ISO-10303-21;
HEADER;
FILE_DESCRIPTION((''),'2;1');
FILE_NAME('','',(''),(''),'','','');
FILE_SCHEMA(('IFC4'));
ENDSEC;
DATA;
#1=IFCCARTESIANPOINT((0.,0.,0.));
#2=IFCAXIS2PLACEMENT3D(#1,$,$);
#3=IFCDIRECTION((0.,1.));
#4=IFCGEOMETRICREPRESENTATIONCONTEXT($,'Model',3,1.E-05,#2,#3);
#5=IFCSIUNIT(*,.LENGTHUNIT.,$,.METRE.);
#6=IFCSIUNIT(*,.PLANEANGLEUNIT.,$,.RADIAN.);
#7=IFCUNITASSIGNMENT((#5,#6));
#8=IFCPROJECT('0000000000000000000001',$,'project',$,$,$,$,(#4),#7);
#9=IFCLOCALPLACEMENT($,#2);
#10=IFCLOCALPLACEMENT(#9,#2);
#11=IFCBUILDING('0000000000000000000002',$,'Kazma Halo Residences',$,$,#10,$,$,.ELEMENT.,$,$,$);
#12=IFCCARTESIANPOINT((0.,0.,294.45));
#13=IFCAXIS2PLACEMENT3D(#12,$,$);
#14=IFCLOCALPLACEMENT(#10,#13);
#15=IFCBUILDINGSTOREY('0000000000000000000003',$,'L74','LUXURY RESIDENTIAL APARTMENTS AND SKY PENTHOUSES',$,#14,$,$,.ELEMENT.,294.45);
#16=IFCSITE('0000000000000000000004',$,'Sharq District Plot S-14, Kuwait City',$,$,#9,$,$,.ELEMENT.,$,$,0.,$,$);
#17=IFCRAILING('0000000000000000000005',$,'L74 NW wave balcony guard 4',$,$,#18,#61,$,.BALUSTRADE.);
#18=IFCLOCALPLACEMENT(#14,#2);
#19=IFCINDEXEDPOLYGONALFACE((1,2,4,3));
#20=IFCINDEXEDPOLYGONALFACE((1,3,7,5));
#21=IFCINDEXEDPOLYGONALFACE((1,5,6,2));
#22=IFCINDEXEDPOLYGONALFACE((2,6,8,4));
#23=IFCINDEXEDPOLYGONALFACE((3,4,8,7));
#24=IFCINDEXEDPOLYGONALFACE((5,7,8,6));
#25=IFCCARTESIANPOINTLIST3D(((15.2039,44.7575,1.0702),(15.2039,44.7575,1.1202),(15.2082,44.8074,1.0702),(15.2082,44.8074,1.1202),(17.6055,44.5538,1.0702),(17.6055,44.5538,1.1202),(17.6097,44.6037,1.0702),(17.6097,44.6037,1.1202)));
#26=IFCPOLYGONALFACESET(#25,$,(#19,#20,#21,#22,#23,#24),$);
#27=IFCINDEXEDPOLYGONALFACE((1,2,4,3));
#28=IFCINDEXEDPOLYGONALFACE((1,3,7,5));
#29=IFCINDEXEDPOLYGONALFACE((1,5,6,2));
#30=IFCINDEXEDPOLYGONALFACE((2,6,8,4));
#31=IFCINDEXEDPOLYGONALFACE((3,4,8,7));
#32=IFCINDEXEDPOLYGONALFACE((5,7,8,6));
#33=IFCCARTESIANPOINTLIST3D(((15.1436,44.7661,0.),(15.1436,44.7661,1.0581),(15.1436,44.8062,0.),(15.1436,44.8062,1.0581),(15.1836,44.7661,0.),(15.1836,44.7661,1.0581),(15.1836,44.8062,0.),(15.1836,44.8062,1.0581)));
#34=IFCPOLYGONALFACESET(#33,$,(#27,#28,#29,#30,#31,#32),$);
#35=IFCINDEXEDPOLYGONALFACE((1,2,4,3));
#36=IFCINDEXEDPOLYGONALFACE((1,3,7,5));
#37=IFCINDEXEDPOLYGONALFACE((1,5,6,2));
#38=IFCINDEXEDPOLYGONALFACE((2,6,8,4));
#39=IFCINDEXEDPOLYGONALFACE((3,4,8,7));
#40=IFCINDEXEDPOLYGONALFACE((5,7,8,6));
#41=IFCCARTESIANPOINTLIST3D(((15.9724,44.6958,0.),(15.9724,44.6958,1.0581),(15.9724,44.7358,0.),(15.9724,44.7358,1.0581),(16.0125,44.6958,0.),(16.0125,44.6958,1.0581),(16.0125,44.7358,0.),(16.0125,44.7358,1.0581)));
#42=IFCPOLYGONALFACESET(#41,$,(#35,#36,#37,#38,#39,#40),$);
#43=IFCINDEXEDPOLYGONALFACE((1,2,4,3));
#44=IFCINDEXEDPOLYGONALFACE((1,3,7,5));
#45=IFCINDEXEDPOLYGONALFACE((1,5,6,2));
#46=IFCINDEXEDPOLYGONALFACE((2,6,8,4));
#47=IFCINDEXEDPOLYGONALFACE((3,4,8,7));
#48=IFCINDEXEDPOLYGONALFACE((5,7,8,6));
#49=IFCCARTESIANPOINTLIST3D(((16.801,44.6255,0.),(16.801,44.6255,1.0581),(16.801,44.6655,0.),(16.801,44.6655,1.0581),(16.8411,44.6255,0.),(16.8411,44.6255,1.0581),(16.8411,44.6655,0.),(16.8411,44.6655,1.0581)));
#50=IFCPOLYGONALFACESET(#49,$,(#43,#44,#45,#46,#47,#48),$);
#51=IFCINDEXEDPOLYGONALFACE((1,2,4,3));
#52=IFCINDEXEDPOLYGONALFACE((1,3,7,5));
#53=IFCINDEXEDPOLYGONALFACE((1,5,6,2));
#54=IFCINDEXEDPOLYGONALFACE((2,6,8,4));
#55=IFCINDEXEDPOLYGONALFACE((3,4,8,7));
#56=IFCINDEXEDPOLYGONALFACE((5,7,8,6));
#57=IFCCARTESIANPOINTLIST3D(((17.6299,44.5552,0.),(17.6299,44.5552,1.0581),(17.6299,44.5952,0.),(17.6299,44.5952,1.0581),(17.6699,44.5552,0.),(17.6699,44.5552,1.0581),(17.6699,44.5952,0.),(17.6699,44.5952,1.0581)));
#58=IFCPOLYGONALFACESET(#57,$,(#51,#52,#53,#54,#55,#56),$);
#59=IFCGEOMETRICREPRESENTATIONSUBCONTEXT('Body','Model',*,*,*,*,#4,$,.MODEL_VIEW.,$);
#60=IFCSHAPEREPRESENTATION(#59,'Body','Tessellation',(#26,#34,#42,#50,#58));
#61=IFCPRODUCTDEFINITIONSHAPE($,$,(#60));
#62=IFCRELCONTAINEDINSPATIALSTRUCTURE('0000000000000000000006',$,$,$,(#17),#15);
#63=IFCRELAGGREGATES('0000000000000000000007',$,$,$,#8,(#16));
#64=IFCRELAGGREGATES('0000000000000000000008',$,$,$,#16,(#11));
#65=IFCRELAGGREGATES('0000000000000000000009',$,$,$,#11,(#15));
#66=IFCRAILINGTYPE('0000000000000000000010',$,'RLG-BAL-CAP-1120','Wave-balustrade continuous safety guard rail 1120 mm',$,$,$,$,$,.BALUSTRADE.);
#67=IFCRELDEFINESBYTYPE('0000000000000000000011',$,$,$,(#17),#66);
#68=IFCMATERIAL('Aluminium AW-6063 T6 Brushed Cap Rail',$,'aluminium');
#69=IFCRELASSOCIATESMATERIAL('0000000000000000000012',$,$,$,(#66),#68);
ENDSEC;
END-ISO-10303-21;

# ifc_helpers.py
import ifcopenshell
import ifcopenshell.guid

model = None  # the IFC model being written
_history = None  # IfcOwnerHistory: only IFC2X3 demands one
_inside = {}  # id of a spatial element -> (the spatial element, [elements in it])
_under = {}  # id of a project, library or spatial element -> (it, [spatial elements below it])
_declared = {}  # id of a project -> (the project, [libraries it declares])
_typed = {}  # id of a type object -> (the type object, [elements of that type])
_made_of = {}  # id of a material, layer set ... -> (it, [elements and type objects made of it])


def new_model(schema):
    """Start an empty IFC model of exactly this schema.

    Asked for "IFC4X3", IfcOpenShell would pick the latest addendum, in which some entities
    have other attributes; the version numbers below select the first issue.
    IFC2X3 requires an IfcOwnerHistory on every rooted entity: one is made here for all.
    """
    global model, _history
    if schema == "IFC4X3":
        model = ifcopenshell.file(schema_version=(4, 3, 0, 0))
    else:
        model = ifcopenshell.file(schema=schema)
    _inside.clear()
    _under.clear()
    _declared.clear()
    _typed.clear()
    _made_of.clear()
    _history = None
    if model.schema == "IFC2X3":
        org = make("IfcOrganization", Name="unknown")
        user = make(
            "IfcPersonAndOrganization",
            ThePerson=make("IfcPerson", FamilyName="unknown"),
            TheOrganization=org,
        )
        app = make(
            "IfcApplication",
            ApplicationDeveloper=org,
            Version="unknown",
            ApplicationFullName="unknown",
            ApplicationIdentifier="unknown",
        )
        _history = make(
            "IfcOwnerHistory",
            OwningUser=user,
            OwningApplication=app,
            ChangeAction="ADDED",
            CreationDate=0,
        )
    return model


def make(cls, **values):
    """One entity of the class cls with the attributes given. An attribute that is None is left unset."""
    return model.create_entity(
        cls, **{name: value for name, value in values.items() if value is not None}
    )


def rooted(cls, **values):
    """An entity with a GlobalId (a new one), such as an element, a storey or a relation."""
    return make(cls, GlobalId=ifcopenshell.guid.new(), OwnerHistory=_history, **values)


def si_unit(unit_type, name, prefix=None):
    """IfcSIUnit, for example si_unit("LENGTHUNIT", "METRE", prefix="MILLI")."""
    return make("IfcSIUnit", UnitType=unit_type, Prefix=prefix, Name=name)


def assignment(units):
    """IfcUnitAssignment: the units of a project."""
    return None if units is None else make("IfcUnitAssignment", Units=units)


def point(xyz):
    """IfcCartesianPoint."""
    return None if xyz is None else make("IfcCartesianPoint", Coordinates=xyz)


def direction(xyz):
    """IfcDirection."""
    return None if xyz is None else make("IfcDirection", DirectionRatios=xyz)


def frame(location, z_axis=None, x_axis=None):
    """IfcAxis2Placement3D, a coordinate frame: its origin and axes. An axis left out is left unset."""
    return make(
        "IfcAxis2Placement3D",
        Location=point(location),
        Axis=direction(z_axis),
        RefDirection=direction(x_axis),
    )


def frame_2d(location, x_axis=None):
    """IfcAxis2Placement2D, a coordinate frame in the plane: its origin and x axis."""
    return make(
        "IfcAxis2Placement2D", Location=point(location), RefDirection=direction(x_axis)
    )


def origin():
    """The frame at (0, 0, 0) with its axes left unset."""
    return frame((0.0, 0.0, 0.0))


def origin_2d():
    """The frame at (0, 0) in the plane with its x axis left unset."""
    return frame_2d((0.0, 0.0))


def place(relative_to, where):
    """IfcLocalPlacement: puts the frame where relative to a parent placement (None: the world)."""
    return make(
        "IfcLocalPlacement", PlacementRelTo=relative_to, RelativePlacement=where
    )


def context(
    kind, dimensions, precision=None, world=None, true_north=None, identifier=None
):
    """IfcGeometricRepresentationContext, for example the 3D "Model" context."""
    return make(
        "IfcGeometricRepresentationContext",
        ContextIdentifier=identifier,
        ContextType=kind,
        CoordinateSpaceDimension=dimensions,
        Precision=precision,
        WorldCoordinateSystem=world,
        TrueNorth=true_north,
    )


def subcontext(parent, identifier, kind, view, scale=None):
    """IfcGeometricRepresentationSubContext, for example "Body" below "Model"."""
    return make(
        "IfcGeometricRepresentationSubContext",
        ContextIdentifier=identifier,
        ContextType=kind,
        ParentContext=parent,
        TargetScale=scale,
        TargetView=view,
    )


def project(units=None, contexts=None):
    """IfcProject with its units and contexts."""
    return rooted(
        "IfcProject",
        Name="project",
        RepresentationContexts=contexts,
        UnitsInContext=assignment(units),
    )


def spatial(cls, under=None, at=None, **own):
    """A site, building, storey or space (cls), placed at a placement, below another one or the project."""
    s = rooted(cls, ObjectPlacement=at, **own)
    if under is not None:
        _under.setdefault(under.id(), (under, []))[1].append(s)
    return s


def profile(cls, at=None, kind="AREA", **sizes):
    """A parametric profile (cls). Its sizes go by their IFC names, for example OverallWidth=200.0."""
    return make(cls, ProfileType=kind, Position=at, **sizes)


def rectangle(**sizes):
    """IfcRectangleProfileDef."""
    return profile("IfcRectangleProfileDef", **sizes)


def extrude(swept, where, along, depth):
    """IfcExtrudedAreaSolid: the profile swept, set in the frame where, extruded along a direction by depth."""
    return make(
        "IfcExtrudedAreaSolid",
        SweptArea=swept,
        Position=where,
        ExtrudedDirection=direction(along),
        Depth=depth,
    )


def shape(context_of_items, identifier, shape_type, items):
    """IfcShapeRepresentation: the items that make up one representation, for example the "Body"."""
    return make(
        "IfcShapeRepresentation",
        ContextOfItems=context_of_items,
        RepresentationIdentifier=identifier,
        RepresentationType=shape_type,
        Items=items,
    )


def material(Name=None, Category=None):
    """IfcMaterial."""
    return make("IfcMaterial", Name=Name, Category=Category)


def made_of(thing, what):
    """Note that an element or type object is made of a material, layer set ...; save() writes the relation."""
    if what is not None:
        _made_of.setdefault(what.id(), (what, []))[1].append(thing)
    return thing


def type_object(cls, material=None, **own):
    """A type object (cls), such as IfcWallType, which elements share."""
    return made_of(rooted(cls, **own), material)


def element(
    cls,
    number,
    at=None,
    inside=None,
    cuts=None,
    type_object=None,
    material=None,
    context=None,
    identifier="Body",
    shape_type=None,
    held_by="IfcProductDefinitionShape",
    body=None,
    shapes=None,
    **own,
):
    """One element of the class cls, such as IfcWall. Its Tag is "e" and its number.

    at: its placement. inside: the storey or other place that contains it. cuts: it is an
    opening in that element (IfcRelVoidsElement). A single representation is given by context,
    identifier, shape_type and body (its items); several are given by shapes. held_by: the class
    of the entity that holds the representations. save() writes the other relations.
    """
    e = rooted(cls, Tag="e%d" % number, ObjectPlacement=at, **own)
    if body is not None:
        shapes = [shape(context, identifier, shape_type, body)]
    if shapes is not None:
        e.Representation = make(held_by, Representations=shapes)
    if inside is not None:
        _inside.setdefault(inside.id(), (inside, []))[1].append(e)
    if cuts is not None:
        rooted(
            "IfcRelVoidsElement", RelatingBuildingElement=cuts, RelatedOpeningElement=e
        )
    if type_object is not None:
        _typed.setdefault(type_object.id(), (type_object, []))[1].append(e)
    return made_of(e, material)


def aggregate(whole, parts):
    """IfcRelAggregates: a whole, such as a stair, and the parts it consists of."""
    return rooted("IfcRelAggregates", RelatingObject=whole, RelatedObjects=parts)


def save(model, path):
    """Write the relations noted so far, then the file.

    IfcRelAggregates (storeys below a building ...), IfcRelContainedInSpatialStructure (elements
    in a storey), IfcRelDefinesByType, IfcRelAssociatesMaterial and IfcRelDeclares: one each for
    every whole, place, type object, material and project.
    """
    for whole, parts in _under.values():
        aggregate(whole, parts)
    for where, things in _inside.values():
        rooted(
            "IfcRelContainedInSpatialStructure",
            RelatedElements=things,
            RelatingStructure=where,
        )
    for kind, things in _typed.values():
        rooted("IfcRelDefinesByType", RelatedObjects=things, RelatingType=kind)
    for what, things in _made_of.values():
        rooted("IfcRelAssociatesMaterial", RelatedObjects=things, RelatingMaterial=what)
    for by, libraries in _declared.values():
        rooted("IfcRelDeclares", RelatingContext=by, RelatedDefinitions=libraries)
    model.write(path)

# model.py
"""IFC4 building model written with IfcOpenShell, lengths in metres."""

from ifc_helpers import new_model, si_unit, direction, frame, origin, origin_2d, place, context, subcontext, project, spatial, rectangle, extrude, material, type_object, element, save


model = new_model("IFC4")

# Units and contexts
model_context = context("Model", 3, precision=1e-05, world=origin(), true_north=direction((0.0, 1.0)))
body_context = subcontext(model_context, "Body", "Model", "MODEL_VIEW")
ifc_project = project(units=[si_unit("LENGTHUNIT", "METRE"), si_unit("PLANEANGLEUNIT", "RADIAN")], contexts=[model_context])

# Site, building, storey
site_placement = place(None, origin())
site = spatial("IfcSite", under=ifc_project, at=site_placement, Name="Sharq District Plot S-14, Kuwait City", CompositionType="ELEMENT", RefElevation=0.0)
building_placement = place(site_placement, origin())
building = spatial("IfcBuilding", under=site, at=building_placement, Name="Kazma Halo Residences", CompositionType="ELEMENT")
storey_placement = place(building_placement, frame((0.0, 0.0, 294.45)))
storey = spatial("IfcBuildingStorey", under=building, at=storey_placement, Name="L74", Description="LUXURY RESIDENTIAL APARTMENTS AND SKY PENTHOUSES", CompositionType="ELEMENT", Elevation=294.45)

# Railing
ifc_material_1 = material(Name="Aluminium AW-6063 T6 Brushed Cap Rail", Category="aluminium")
railing_type = type_object("IfcRailingType", Name="RLG-BAL-CAP-1120", Description="Wave-balustrade continuous safety guard rail 1120 mm", PredefinedType="BALUSTRADE", material=ifc_material_1)
railing_placement = place(storey_placement, frame((15.1636, 44.7861, 0.0)))
element("IfcRailing", 1, at=railing_placement, inside=storey, type_object=railing_type, Name="L74 NW wave balcony guard 4", PredefinedType="BALUSTRADE", context=body_context, shape_type="SweptSolid", body=[
    extrude(rectangle(XDim=0.05, YDim=0.05, at=origin_2d()), frame((0.0425, -0.0037, 1.0952), z_axis=(0.99642, -0.084535, 0.0), x_axis=(0.084535, 0.99642, 0.0)), (0.0, 0.0, 1.0), 2.4102),
    extrude(rectangle(XDim=0.04, YDim=0.04, at=origin_2d()), origin(), (0.0, 0.0, 1.0), 1.0581),
    extrude(rectangle(XDim=0.04, YDim=0.04, at=origin_2d()), frame((0.8289, -0.0703, 0.0)), (0.0, 0.0, 1.0), 1.0581),
    extrude(rectangle(XDim=0.04, YDim=0.04, at=origin_2d()), frame((1.6575, -0.1406, 0.0)), (0.0, 0.0, 1.0), 1.0581),
    extrude(rectangle(XDim=0.04, YDim=0.04, at=origin_2d()), frame((2.4863, -0.2109, 0.0)), (0.0, 0.0, 1.0), 1.0581),
])

save(model, "model.ifc")
